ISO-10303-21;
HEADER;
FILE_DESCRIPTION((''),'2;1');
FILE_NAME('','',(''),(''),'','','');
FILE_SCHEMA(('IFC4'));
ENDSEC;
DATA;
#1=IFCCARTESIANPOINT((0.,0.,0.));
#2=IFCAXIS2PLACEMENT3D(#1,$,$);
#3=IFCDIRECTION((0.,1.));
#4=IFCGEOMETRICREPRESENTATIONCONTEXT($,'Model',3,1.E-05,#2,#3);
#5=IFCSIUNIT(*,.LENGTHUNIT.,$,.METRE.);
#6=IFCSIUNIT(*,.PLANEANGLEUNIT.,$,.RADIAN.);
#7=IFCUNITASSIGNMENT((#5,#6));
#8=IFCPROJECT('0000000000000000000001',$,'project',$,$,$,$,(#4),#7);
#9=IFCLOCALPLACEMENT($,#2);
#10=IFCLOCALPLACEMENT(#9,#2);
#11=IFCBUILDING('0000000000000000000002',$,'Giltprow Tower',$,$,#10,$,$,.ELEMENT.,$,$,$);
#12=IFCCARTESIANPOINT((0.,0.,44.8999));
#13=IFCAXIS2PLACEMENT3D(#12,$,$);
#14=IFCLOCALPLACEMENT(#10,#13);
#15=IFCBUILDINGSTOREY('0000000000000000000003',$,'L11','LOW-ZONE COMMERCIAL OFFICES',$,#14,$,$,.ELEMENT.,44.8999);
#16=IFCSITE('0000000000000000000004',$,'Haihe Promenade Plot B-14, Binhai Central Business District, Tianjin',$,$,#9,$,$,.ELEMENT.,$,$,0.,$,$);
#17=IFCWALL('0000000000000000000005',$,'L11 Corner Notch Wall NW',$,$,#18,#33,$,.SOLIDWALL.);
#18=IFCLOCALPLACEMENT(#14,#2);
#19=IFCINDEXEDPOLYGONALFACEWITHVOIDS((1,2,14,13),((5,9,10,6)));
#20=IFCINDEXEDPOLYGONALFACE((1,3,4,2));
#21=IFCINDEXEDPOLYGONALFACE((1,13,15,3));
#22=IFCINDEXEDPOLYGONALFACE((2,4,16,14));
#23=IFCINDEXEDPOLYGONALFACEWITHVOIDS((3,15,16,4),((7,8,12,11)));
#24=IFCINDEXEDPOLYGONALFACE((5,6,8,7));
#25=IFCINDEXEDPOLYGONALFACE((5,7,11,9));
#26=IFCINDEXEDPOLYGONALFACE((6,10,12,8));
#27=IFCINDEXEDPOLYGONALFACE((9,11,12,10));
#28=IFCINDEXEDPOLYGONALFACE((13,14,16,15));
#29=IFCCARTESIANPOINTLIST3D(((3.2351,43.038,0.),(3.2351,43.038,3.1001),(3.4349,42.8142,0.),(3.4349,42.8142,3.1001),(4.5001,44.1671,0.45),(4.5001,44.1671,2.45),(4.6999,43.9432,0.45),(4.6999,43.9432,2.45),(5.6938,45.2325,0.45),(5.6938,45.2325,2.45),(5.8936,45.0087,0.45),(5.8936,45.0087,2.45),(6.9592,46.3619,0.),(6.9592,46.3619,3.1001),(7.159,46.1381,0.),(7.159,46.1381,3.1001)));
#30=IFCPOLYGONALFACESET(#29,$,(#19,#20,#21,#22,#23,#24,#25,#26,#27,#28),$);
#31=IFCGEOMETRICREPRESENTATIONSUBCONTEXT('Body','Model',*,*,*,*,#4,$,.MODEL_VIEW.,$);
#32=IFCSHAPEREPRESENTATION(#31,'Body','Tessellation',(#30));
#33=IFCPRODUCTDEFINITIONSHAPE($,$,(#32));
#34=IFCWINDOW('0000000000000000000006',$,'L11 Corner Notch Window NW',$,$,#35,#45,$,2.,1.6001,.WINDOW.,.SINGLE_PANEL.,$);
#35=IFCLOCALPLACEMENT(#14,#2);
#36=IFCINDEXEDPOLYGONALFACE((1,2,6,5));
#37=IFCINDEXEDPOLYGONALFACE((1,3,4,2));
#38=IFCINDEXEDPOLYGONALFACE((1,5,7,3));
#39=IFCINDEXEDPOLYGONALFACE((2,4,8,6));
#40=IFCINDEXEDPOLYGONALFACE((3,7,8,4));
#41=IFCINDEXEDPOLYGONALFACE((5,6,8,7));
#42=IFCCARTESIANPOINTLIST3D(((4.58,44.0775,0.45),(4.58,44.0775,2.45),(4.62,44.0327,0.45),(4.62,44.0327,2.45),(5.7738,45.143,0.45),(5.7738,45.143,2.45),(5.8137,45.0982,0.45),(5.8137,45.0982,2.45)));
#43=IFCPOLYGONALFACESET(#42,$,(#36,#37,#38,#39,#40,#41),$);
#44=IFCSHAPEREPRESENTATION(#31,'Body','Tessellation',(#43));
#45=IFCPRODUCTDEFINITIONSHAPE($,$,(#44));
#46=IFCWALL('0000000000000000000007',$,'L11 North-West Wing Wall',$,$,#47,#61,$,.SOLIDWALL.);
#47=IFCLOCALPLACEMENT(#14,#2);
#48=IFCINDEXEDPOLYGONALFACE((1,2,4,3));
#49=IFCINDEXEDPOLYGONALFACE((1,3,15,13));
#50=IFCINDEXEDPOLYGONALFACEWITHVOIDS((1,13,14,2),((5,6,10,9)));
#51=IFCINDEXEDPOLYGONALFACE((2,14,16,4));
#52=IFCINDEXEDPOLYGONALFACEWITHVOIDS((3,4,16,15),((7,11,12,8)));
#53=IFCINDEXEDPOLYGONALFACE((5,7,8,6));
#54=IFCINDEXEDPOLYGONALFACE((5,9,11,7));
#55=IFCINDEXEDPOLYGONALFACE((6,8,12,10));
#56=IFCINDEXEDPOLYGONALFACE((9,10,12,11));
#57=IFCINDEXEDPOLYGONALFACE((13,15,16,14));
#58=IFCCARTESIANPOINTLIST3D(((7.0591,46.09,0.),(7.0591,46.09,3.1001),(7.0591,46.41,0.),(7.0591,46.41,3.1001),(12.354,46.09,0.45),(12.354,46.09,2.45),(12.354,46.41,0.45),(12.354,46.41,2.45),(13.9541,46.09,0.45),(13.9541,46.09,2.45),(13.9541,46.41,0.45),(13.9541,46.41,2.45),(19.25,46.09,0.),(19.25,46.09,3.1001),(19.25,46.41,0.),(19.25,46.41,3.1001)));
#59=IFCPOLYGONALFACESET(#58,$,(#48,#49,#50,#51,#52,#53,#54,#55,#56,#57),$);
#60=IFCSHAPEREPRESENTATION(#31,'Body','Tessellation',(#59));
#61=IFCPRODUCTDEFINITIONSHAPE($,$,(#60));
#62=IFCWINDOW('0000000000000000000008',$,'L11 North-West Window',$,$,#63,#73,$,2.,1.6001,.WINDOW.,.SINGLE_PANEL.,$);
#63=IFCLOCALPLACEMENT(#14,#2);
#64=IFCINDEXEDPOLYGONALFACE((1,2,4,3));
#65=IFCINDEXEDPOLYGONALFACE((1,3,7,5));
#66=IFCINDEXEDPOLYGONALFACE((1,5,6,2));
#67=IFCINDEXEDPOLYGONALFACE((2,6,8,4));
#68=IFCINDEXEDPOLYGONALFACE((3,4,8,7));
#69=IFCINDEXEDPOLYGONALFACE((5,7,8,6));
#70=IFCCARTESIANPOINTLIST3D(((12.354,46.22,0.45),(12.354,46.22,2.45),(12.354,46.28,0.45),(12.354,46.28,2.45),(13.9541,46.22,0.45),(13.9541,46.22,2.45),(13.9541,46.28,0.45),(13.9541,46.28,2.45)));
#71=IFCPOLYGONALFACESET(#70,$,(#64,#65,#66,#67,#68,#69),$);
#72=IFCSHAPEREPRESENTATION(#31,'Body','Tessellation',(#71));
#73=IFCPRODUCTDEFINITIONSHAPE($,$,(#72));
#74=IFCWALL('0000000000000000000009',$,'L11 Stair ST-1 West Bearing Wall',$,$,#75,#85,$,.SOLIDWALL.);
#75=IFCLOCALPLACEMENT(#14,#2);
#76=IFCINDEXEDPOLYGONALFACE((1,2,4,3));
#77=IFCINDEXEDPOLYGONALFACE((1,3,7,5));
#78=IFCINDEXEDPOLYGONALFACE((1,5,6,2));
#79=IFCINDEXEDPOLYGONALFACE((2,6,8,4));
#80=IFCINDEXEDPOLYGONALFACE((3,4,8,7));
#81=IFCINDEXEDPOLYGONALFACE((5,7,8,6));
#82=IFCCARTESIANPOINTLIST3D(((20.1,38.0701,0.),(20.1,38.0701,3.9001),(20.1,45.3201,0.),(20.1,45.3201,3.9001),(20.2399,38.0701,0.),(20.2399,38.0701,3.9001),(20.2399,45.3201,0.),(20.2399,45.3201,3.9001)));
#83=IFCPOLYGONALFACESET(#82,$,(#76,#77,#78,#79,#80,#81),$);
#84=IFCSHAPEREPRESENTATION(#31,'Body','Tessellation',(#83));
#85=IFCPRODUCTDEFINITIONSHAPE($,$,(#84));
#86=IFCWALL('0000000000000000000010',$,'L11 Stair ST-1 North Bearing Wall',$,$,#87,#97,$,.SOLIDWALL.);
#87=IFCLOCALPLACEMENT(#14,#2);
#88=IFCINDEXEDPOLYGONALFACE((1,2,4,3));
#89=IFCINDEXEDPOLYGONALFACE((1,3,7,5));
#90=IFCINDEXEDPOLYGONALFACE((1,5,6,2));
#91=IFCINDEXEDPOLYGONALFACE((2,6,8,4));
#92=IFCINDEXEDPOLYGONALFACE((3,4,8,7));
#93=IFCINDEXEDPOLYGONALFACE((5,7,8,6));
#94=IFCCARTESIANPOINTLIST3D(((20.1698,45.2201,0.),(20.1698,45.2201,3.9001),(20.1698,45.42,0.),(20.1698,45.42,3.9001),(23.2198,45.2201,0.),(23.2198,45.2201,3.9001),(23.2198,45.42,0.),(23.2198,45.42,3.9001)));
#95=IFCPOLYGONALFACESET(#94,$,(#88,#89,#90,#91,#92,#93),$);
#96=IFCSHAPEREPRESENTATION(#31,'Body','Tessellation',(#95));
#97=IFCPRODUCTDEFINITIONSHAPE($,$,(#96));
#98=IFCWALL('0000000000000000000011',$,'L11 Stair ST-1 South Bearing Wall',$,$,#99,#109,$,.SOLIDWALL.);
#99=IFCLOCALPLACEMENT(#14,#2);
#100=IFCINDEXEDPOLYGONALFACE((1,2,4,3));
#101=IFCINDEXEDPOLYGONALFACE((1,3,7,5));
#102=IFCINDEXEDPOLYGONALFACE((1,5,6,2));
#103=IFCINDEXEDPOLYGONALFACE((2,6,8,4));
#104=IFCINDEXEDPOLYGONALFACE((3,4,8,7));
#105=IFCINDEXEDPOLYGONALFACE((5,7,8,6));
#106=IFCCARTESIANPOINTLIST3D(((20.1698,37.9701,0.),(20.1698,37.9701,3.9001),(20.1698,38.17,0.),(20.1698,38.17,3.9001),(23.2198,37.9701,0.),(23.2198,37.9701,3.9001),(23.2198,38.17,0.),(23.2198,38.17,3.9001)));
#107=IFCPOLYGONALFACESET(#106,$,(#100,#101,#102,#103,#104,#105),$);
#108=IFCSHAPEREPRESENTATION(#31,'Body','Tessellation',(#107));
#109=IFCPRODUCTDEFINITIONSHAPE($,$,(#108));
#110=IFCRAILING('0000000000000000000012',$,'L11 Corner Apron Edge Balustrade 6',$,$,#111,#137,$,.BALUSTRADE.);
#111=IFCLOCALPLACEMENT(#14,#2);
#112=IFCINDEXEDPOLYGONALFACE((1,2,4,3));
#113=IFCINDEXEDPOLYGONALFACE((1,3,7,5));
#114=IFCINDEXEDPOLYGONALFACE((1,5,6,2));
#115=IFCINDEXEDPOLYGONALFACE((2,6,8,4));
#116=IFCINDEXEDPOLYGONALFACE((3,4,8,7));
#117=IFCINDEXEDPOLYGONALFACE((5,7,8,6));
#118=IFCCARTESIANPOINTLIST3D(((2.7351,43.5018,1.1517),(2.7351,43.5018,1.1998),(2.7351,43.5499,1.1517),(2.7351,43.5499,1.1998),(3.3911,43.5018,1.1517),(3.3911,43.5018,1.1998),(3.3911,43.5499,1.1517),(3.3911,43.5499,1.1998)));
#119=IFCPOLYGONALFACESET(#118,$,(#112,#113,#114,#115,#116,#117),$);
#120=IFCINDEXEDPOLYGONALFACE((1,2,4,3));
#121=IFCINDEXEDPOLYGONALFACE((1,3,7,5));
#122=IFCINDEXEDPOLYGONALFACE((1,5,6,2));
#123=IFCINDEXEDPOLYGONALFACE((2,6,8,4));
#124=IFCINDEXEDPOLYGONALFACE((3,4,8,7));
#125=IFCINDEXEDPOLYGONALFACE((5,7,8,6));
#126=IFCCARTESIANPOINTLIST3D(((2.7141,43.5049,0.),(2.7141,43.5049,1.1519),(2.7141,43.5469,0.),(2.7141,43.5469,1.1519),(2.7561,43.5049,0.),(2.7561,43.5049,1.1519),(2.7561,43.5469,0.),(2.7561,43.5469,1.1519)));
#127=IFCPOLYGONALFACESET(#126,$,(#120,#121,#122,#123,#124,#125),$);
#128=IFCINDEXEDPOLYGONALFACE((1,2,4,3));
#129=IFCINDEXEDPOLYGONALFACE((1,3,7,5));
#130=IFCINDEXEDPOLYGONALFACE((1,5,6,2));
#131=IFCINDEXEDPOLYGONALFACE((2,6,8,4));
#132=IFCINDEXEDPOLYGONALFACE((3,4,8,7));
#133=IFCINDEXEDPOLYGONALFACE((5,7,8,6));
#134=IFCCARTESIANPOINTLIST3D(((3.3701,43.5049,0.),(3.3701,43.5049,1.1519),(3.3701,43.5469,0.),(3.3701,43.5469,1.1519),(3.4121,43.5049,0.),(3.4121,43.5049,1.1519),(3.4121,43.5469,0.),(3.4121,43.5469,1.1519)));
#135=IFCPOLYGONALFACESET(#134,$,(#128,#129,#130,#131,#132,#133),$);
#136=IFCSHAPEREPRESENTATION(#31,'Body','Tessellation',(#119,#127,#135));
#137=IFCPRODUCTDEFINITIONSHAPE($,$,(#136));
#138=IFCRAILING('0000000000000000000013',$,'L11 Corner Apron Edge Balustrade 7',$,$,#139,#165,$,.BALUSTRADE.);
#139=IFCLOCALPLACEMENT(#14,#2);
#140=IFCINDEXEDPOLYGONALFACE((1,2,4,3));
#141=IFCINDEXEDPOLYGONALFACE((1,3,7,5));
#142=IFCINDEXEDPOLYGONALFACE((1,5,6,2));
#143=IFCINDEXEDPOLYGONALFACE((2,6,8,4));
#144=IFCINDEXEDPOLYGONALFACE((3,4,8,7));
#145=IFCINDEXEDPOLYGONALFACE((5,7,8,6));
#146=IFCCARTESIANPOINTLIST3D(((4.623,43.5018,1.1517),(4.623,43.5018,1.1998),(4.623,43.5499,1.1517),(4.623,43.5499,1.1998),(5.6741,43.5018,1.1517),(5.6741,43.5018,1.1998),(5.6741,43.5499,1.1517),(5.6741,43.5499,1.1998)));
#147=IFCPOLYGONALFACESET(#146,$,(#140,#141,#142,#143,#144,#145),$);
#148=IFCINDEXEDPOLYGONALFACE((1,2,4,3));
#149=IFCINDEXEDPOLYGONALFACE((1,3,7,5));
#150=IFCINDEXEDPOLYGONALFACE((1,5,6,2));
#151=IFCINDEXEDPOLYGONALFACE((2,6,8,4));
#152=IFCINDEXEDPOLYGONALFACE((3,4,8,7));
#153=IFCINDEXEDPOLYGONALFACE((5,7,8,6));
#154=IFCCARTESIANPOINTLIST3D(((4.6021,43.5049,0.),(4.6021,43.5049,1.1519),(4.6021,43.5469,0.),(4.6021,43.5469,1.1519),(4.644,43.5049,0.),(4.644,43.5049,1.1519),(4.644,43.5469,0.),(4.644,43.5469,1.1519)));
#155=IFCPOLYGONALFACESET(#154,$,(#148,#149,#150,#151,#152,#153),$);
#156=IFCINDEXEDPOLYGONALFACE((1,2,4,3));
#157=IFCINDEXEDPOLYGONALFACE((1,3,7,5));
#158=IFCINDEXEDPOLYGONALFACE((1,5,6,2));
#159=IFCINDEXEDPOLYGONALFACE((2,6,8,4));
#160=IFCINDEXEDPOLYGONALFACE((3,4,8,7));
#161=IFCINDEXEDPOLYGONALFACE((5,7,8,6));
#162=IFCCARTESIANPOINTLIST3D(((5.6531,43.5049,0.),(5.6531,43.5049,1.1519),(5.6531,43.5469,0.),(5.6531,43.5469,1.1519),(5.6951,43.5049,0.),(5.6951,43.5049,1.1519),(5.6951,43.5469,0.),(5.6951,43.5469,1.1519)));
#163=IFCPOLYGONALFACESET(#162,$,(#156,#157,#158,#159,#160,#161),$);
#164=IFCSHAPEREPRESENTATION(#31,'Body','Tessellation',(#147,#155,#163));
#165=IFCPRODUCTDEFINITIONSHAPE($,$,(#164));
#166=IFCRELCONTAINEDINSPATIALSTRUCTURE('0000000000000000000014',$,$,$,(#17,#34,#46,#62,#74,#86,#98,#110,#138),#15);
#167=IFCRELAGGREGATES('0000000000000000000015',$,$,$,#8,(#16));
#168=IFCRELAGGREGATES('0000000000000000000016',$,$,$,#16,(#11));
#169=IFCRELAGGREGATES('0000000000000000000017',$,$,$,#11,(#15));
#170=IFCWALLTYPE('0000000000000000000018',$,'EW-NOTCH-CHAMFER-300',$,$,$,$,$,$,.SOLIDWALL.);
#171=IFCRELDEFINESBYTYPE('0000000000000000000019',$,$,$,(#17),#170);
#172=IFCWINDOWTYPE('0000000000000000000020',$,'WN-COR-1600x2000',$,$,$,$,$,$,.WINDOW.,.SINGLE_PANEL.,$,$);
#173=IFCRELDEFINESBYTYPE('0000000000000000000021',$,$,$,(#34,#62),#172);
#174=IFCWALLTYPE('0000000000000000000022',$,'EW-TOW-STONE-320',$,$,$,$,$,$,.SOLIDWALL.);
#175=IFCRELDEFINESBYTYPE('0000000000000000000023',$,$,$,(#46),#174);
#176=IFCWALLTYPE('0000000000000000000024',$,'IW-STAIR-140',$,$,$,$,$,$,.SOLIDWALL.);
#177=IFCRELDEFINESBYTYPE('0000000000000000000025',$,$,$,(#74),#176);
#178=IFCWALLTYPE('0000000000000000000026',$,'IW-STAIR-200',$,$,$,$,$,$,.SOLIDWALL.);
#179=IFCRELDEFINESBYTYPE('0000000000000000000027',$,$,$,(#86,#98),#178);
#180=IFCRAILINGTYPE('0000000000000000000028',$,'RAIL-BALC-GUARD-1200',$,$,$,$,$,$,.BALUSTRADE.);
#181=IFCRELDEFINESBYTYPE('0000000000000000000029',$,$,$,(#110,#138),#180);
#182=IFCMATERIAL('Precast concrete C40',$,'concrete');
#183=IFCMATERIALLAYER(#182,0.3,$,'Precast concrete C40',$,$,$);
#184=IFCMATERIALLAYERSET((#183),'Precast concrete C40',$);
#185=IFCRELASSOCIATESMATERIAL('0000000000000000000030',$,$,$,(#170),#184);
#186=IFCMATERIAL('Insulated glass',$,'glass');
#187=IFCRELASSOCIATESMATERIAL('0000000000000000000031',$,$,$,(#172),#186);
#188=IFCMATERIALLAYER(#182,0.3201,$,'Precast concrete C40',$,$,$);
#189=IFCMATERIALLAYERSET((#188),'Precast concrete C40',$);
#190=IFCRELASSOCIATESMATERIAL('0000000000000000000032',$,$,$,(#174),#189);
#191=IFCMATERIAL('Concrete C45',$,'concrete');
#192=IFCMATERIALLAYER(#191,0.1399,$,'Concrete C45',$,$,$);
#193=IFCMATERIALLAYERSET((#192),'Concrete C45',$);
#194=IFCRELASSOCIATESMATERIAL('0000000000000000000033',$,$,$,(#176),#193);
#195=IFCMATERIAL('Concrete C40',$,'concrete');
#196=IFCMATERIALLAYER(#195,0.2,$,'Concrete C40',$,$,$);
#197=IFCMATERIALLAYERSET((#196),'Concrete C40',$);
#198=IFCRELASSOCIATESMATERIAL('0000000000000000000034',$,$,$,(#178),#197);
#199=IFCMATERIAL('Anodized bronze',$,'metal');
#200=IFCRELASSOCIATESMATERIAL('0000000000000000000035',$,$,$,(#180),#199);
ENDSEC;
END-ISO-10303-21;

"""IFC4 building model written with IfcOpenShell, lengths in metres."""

from ifc_helpers import new_model, si_unit, direction, frame, frame_2d, origin, origin_2d, place, context, subcontext, project, spatial, rectangle, extrude, source, transform, mapped, material, layer, layer_set, type_object, element, fill, save


model = new_model("IFC4")

# Units and contexts
model_context = context("Model", 3, precision=1e-05, world=origin(), true_north=direction((0.0, 1.0)))
body_context = subcontext(model_context, "Body", "Model", "MODEL_VIEW")
ifc_project = project(units=[si_unit("LENGTHUNIT", "METRE"), si_unit("PLANEANGLEUNIT", "RADIAN")], contexts=[model_context])

# Site, building, storey
site_placement = place(None, origin())
site = spatial("IfcSite", under=ifc_project, at=site_placement, Name="Haihe Promenade Plot B-14, Binhai Central Business District, Tianjin", CompositionType="ELEMENT", RefElevation=0.0)
building_placement = place(site_placement, origin())
building = spatial("IfcBuilding", under=site, at=building_placement, Name="Giltprow Tower", CompositionType="ELEMENT")
storey_placement = place(building_placement, frame((0.0, 0.0, 44.8999)))
storey = spatial("IfcBuildingStorey", under=building, at=storey_placement, Name="L11", Description="LOW-ZONE COMMERCIAL OFFICES", CompositionType="ELEMENT", Elevation=44.8999)

# Walls, openings, windows
ifc_material_1 = material(Name="Precast concrete C40", Category="concrete")
ifc_layer_1 = layer(ifc_material_1, 0.3, Name="Precast concrete C40")
ifc_layer_set_1 = layer_set([ifc_layer_1], Name="Precast concrete C40")
wall_type_1 = type_object("IfcWallType", Name="EW-NOTCH-CHAMFER-300", PredefinedType="SOLIDWALL", material=ifc_layer_set_1)
wall_1_placement = place(storey_placement, frame((7.0591, 46.25, 0.0), z_axis=(0.0, 0.0, 1.0), x_axis=(-0.74605, -0.665889, 0.0)))
wall_1 = element("IfcWall", 1, at=wall_1_placement, inside=storey, type_object=wall_type_1, Name="L11 Corner Notch Wall NW", PredefinedType="SOLIDWALL", context=body_context, shape_type="SweptSolid", body=[
    extrude(rectangle(XDim=4.9917, YDim=0.3, at=frame_2d((2.4958, 0.0))), origin(), (0.0, 0.0, 1.0), 3.1001),
])
opening_1_placement = place(wall_1_placement, frame((1.696, 0.0, 0.45)))
opening_1 = element("IfcOpeningElement", 2, at=opening_1_placement, cuts=wall_1, PredefinedType="OPENING", context=body_context, shape_type="SweptSolid", body=[
    extrude(rectangle(XDim=1.6001, YDim=2.0, at=frame_2d((0.8, 1.0))), frame((0.0, 0.1599, 0.0), z_axis=(0.0, -1.0, 0.0), x_axis=(1.0, 0.0, 0.0)), (0.0, 0.0, 1.0), 0.3201),
])
ifc_material_2 = material(Name="Insulated glass", Category="glass")
window_type = type_object("IfcWindowType", Name="WN-COR-1600x2000", PartitioningType="SINGLE_PANEL", PredefinedType="WINDOW", material=ifc_material_2)
shared_shape_1 = source(origin(), body_context, "Body", "SweptSolid", [
    extrude(rectangle(XDim=1.6001, YDim=2.0, at=frame_2d((0.8, 1.0))), frame((0.0, 0.03, 0.0), z_axis=(0.0, -1.0, 0.0), x_axis=(1.0, 0.0, 0.0)), (0.0, 0.0, 1.0), 0.0601),
])
window_1_placement = place(opening_1_placement, origin())
window_1 = element("IfcWindow", 3, at=window_1_placement, inside=storey, type_object=window_type, Name="L11 Corner Notch Window NW", OverallHeight=2.0, OverallWidth=1.6001, PartitioningType="SINGLE_PANEL", PredefinedType="WINDOW", context=body_context, shape_type="MappedRepresentation", body=[
    mapped(shared_shape_1, transform((0.0, 0.0, 0.0), x_axis=(1.0, 0.0, 0.0), y_axis=(0.0, 1.0, 0.0), z_axis=(0.0, 0.0, 1.0), scale=1.0)),
])
fill(opening_1, window_1)
ifc_layer_2 = layer(ifc_material_1, 0.3201, Name="Precast concrete C40")
ifc_layer_set_2 = layer_set([ifc_layer_2], Name="Precast concrete C40")
wall_type_2 = type_object("IfcWallType", Name="EW-TOW-STONE-320", PredefinedType="SOLIDWALL", material=ifc_layer_set_2)
wall_2_placement = place(storey_placement, frame((7.0591, 46.25, 0.0), z_axis=(0.0, 0.0, 1.0), x_axis=(1.0, 0.0, 0.0)))
wall_2 = element("IfcWall", 4, at=wall_2_placement, inside=storey, type_object=wall_type_2, Name="L11 North-West Wing Wall", PredefinedType="SOLIDWALL", context=body_context, shape_type="SweptSolid", body=[
    extrude(rectangle(XDim=12.1909, YDim=0.3201, at=frame_2d((6.0955, 0.0))), origin(), (0.0, 0.0, 1.0), 3.1001),
])
opening_2_placement = place(wall_2_placement, frame((5.2949, 0.0, 0.45)))
opening_2 = element("IfcOpeningElement", 5, at=opening_2_placement, cuts=wall_2, PredefinedType="OPENING", context=body_context, shape_type="SweptSolid", body=[
    extrude(rectangle(XDim=1.6001, YDim=2.0, at=frame_2d((0.8, 1.0))), frame((0.0, 0.1699, 0.0), z_axis=(0.0, -1.0, 0.0), x_axis=(1.0, 0.0, 0.0)), (0.0, 0.0, 1.0), 0.3401),
])
window_2_placement = place(opening_2_placement, origin())
window_2 = element("IfcWindow", 6, at=window_2_placement, inside=storey, type_object=window_type, Name="L11 North-West Window", OverallHeight=2.0, OverallWidth=1.6001, PartitioningType="SINGLE_PANEL", PredefinedType="WINDOW", context=body_context, shape_type="MappedRepresentation", body=[
    mapped(shared_shape_1, transform((0.0, 0.0, 0.0), x_axis=(1.0, 0.0, 0.0), y_axis=(0.0, 1.0, 0.0), z_axis=(0.0, 0.0, 1.0), scale=1.0)),
])
fill(opening_2, window_2)

# Walls
ifc_material_3 = material(Name="Concrete C45", Category="concrete")
ifc_layer_3 = layer(ifc_material_3, 0.1399, Name="Concrete C45")
ifc_layer_set_3 = layer_set([ifc_layer_3], Name="Concrete C45")
wall_type_3 = type_object("IfcWallType", Name="IW-STAIR-140", PredefinedType="SOLIDWALL", material=ifc_layer_set_3)
wall_3_placement = place(storey_placement, frame((20.1699, 38.0701, 0.0), z_axis=(0.0, 0.0, 1.0), x_axis=(0.0, 1.0, 0.0)))
element("IfcWall", 7, at=wall_3_placement, inside=storey, type_object=wall_type_3, Name="L11 Stair ST-1 West Bearing Wall", PredefinedType="SOLIDWALL", context=body_context, shape_type="SweptSolid", body=[
    extrude(rectangle(XDim=7.25, YDim=0.1399, at=frame_2d((3.625, 0.0))), origin(), (0.0, 0.0, 1.0), 3.9001),
])
ifc_material_4 = material(Name="Concrete C40", Category="concrete")
ifc_layer_4 = layer(ifc_material_4, 0.2, Name="Concrete C40")
ifc_layer_set_4 = layer_set([ifc_layer_4], Name="Concrete C40")
wall_type_4 = type_object("IfcWallType", Name="IW-STAIR-200", PredefinedType="SOLIDWALL", material=ifc_layer_set_4)
for number, where, z_axis, x_axis, name in (
    (8, (20.1699, 45.3201, 0.0), (0.0, 0.0, 1.0), (1.0, 0.0, 0.0), "L11 Stair ST-1 North Bearing Wall"),
    (9, (20.1699, 38.0701, 0.0), (0.0, 0.0, 1.0), (1.0, 0.0, 0.0), "L11 Stair ST-1 South Bearing Wall"),
):
    element("IfcWall", number, at=place(storey_placement, frame(where, z_axis=z_axis, x_axis=x_axis)), inside=storey, type_object=wall_type_4, Name=name, PredefinedType="SOLIDWALL", context=body_context, shape_type="SweptSolid", body=[
        extrude(rectangle(XDim=3.05, YDim=0.2, at=frame_2d((1.5249, 0.0))), origin(), (0.0, 0.0, 1.0), 3.9001),
    ])

# Railings
ifc_material_5 = material(Name="Anodized bronze", Category="metal")
railing_type_1 = type_object("IfcRailingType", Name="RAIL-BALC-GUARD-1200", PredefinedType="BALUSTRADE", material=ifc_material_5)
railing_1_placement = place(storey_placement, frame((2.7351, 43.5259, 0.0)))
element("IfcRailing", 10, at=railing_1_placement, inside=storey, type_object=railing_type_1, Name="L11 Corner Apron Edge Balustrade 6", PredefinedType="BALUSTRADE", context=body_context, shape_type="SweptSolid", body=[
    extrude(rectangle(XDim=0.0481, YDim=0.0481, at=origin_2d()), frame((0.0, 0.0, 1.1758), z_axis=(1.0, 0.0, 0.0), x_axis=(0.0, 1.0, 0.0)), (0.0, 0.0, 1.0), 0.656),
    extrude(rectangle(XDim=0.042, YDim=0.042, at=origin_2d()), origin(), (0.0, 0.0, 1.0), 1.1519),
    extrude(rectangle(XDim=0.042, YDim=0.042, at=origin_2d()), frame((0.656, 0.0, 0.0)), (0.0, 0.0, 1.0), 1.1519),
])
railing_2_placement = place(storey_placement, frame((4.623, 43.5259, 0.0)))
element("IfcRailing", 11, at=railing_2_placement, inside=storey, type_object=railing_type_1, Name="L11 Corner Apron Edge Balustrade 7", PredefinedType="BALUSTRADE", context=body_context, shape_type="SweptSolid", body=[
    extrude(rectangle(XDim=0.0481, YDim=0.0481, at=origin_2d()), frame((0.0, 0.0, 1.1758), z_axis=(1.0, 0.0, 0.0), x_axis=(0.0, 1.0, 0.0)), (0.0, 0.0, 1.0), 1.051),
    extrude(rectangle(XDim=0.042, YDim=0.042, at=origin_2d()), origin(), (0.0, 0.0, 1.0), 1.1519),
    extrude(rectangle(XDim=0.042, YDim=0.042, at=origin_2d()), frame((1.051, 0.0, 0.0)), (0.0, 0.0, 1.0), 1.1519),
])

save(model, "model.ifc")
